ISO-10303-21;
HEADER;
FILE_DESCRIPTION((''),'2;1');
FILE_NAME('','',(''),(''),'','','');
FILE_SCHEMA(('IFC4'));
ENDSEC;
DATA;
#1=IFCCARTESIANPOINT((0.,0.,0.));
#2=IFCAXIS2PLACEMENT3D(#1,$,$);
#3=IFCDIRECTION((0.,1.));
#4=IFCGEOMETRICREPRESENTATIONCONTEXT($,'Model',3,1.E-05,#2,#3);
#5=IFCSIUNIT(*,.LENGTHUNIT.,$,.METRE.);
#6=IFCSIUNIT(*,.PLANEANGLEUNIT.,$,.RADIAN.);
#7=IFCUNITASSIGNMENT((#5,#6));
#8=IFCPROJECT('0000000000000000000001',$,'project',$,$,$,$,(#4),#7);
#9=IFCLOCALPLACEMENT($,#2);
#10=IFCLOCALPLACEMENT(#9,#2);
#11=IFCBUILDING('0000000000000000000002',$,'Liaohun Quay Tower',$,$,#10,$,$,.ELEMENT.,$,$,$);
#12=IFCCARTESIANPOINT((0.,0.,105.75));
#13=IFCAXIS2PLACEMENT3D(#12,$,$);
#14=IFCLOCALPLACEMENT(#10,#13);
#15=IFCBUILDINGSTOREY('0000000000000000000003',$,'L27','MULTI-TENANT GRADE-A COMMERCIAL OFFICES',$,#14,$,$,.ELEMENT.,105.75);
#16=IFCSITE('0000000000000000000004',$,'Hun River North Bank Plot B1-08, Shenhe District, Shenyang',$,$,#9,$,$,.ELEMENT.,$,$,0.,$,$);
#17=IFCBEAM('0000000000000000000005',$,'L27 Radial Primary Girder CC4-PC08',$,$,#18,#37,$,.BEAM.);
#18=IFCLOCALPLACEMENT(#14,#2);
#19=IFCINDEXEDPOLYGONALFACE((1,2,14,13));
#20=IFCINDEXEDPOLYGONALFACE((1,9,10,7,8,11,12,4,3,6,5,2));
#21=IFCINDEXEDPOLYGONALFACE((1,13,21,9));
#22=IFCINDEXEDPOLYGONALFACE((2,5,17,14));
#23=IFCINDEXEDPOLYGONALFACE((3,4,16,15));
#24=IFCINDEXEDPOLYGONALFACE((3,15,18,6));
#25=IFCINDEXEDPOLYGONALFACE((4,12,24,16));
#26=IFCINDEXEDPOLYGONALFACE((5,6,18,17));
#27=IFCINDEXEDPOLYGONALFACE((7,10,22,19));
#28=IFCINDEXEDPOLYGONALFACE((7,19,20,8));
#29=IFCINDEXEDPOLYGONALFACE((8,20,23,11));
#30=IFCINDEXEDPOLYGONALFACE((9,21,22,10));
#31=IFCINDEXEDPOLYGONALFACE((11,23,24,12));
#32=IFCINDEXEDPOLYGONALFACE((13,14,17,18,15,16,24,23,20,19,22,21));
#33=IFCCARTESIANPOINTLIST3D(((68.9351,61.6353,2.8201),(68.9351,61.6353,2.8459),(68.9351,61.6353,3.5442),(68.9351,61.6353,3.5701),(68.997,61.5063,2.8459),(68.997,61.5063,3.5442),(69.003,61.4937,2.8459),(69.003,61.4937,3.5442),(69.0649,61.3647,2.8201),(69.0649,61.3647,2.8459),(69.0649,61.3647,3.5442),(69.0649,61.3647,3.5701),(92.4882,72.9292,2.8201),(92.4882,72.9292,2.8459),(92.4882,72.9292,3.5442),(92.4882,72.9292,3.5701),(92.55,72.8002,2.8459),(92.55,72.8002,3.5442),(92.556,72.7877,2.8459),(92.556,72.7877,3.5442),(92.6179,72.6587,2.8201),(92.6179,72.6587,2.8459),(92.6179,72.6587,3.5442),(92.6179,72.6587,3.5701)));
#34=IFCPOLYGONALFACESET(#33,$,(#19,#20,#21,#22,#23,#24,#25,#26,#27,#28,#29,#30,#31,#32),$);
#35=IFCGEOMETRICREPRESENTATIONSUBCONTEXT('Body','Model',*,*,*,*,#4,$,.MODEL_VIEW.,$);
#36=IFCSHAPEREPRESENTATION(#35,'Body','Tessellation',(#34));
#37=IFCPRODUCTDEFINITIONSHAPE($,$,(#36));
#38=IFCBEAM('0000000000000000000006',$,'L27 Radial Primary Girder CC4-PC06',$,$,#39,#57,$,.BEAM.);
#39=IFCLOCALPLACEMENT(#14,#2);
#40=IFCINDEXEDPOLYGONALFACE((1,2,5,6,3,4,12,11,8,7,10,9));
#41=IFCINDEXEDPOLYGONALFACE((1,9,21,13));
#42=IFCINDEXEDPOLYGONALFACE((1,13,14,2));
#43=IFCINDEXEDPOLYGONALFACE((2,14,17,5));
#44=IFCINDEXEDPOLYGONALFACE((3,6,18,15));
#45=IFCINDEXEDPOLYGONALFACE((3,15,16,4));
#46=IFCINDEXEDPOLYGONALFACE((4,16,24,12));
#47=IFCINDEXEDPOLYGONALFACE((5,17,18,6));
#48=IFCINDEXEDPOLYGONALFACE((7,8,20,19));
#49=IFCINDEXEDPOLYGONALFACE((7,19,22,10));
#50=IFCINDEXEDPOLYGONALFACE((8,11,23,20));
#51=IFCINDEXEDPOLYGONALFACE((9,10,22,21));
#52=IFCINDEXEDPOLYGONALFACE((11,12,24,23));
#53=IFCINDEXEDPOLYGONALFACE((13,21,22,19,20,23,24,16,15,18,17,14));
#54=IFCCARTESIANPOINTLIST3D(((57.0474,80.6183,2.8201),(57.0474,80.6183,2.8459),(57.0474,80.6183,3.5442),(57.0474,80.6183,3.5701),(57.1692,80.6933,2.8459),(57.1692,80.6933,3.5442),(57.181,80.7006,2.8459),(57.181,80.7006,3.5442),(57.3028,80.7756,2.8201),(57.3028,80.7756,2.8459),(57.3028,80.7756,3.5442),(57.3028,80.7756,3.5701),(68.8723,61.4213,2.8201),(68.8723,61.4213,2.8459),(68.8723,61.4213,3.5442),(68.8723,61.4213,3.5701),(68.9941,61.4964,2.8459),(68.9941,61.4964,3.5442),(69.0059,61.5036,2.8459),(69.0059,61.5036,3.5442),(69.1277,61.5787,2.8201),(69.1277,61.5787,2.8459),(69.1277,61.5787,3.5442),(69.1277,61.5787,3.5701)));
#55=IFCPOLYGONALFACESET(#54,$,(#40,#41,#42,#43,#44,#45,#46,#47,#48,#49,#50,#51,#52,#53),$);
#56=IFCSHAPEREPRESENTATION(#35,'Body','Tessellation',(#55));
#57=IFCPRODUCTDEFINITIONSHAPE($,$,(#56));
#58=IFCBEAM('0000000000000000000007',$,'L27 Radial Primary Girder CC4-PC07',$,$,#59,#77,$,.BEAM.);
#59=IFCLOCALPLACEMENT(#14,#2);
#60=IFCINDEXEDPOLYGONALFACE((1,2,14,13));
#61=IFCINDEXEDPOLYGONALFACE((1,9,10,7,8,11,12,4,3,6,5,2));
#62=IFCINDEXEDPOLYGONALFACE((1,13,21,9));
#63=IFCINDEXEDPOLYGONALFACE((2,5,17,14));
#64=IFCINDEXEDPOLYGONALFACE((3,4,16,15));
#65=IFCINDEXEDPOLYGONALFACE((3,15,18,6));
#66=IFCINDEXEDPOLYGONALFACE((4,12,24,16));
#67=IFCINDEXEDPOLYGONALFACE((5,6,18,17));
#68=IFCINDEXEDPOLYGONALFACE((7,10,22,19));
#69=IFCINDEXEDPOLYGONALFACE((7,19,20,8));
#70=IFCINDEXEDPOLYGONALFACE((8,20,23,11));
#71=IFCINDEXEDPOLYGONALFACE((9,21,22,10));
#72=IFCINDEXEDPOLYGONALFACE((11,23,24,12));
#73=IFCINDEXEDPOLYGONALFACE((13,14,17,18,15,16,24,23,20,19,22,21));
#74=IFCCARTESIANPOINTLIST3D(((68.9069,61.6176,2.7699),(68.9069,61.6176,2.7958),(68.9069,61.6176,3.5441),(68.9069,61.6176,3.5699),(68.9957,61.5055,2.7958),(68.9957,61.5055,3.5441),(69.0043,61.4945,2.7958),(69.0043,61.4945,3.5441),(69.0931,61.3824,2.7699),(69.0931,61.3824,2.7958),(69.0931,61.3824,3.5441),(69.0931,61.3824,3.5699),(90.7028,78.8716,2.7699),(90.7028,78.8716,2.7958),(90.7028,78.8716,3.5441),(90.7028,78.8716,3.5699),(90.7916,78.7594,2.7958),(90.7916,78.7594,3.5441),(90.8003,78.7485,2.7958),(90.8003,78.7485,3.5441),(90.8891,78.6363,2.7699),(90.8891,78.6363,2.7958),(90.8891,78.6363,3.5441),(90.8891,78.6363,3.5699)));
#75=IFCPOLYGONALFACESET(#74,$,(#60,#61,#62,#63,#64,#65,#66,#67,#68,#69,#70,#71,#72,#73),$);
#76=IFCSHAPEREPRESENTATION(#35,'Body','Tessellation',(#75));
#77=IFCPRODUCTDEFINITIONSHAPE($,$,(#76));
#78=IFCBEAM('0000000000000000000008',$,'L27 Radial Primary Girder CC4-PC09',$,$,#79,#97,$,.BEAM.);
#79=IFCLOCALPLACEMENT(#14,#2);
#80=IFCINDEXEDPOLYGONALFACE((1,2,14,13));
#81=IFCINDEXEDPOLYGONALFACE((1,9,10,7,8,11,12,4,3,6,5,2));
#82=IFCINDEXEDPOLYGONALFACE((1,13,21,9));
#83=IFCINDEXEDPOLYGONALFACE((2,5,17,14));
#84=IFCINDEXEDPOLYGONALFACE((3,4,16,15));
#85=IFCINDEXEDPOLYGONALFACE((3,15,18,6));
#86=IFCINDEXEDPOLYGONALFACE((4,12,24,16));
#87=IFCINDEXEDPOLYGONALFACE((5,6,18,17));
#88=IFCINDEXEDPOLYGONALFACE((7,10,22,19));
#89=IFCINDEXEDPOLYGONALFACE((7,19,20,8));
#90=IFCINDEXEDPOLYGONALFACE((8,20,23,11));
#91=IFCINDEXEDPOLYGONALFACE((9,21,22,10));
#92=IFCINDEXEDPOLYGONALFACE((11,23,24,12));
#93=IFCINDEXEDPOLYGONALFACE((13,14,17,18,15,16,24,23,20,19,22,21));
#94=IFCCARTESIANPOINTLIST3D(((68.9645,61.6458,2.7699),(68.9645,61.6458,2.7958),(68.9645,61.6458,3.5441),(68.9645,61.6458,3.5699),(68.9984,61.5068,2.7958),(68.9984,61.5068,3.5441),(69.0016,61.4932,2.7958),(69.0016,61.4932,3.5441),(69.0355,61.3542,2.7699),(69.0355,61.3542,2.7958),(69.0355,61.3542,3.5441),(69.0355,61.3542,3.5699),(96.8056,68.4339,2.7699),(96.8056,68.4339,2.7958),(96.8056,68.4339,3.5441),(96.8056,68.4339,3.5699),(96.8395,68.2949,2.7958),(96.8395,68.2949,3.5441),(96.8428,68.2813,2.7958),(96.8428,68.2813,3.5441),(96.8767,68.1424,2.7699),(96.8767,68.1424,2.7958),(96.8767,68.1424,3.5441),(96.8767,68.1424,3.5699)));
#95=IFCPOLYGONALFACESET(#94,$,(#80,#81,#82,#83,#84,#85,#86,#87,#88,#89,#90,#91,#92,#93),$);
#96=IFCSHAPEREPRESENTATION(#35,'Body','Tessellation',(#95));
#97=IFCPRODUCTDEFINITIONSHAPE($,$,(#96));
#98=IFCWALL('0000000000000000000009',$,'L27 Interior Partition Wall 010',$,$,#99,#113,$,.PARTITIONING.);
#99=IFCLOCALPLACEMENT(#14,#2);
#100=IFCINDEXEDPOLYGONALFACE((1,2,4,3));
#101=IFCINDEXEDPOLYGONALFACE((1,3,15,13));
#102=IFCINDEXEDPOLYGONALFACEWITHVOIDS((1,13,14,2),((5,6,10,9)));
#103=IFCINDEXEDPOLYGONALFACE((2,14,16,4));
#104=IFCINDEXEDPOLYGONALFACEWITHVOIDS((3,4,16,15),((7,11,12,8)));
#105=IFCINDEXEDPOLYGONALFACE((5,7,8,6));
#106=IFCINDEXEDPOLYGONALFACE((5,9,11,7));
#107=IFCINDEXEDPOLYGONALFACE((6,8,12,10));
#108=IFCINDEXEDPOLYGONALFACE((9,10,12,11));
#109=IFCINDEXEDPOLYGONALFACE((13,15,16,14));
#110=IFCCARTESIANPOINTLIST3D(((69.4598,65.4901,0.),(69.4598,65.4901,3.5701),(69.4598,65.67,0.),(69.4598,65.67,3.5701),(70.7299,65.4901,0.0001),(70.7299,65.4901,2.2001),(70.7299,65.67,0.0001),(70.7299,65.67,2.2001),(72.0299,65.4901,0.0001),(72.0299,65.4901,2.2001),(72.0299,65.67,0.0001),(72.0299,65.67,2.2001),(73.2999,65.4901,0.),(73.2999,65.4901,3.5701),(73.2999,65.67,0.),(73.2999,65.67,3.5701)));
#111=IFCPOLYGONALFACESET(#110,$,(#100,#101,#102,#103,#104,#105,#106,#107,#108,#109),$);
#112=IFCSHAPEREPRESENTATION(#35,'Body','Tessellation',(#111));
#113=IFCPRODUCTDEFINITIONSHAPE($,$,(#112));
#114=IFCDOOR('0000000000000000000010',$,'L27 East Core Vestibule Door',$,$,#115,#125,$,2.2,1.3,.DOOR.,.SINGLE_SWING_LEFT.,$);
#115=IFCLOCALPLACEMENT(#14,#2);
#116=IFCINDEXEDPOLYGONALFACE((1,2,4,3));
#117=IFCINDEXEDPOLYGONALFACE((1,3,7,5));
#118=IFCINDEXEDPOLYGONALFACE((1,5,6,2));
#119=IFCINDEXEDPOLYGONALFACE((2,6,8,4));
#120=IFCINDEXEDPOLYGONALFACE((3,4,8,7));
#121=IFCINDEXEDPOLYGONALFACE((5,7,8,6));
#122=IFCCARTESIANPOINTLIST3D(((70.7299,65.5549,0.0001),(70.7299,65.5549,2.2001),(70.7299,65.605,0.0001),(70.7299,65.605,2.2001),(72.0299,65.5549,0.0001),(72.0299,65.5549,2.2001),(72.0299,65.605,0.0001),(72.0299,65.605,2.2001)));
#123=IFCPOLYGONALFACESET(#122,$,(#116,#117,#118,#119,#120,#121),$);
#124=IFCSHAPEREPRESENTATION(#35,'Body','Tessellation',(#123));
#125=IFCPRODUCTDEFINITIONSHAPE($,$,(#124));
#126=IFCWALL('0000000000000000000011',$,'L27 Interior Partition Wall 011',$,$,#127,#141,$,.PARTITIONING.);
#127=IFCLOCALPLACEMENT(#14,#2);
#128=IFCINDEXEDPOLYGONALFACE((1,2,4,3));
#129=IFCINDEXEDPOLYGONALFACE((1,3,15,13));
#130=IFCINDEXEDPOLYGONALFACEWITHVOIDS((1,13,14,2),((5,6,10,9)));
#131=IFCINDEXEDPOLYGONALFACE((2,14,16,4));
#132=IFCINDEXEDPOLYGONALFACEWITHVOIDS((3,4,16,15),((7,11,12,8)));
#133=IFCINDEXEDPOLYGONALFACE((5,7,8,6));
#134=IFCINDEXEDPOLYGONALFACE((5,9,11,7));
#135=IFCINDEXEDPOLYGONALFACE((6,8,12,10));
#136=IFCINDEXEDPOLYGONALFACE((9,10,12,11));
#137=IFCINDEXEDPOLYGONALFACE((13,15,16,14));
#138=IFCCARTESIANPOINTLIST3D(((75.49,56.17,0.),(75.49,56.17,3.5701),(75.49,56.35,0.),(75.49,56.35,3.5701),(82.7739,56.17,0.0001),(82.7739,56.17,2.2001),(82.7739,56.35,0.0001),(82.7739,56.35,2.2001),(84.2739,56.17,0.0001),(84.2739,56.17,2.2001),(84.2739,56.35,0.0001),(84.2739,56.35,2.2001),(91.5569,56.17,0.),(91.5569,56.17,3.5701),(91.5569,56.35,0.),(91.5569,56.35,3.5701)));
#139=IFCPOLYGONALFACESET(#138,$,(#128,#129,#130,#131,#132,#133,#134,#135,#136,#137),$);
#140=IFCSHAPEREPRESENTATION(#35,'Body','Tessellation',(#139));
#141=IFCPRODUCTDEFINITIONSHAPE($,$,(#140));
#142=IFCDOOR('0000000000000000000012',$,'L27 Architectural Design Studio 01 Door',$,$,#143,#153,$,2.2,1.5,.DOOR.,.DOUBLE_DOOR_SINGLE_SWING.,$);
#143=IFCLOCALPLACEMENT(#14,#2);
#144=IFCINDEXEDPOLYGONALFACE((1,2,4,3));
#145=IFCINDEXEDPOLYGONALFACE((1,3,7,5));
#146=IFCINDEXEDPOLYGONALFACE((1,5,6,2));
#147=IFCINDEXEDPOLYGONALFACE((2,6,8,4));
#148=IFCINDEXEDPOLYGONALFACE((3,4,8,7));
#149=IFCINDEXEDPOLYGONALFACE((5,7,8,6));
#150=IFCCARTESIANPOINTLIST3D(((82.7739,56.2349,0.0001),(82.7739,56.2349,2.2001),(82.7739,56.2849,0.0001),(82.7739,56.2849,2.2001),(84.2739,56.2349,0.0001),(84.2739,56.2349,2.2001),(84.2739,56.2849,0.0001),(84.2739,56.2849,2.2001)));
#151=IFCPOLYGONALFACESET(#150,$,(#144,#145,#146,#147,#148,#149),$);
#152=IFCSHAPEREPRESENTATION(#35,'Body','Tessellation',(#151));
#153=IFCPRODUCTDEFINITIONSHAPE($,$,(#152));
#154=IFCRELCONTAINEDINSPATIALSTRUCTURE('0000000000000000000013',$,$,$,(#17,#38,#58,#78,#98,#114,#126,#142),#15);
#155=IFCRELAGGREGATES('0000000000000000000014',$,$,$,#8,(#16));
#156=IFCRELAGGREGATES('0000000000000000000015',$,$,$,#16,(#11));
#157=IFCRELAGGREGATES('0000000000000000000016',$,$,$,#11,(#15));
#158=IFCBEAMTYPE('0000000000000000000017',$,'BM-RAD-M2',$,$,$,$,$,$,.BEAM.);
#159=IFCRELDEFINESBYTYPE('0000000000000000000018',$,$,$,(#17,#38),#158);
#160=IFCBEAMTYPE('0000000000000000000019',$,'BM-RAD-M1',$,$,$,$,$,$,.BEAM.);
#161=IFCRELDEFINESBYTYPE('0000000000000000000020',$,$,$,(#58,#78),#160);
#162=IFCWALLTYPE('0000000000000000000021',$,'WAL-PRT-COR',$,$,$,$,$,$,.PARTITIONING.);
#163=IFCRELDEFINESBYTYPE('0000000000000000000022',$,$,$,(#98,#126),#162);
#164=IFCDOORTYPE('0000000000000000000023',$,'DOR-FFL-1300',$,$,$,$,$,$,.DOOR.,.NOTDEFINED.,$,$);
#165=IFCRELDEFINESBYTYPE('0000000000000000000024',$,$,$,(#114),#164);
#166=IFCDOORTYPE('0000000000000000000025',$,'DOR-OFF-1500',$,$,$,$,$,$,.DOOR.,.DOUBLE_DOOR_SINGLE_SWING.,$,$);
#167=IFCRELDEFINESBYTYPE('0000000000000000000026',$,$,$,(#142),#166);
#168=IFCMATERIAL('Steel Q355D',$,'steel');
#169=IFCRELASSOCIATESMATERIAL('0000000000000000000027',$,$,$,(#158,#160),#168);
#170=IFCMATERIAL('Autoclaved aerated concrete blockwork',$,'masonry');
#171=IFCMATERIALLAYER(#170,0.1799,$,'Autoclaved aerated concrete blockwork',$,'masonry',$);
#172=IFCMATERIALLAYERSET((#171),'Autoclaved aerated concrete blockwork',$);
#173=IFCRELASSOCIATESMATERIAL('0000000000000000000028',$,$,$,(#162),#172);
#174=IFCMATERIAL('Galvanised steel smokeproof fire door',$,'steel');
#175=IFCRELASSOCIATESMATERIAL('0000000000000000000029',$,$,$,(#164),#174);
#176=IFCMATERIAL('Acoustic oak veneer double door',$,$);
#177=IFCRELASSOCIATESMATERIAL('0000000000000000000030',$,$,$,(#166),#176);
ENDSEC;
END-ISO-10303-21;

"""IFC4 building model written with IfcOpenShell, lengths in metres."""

from ifc_helpers import new_model, si_unit, direction, frame, frame_2d, origin, origin_2d, place, context, subcontext, project, spatial, rectangle, i_section, extrude, source, transform, mapped, material, layer, layer_set, material_profile, profile_set, type_object, element, fill, save


model = new_model("IFC4")

# Units and contexts
model_context = context("Model", 3, precision=1e-05, world=origin(), true_north=direction((0.0, 1.0)))
body_context = subcontext(model_context, "Body", "Model", "MODEL_VIEW")
ifc_project = project(units=[si_unit("LENGTHUNIT", "METRE"), si_unit("PLANEANGLEUNIT", "RADIAN")], contexts=[model_context])

# Site, building, storey
site_placement = place(None, origin())
site = spatial("IfcSite", under=ifc_project, at=site_placement, Name="Hun River North Bank Plot B1-08, Shenhe District, Shenyang", CompositionType="ELEMENT", RefElevation=0.0)
building_placement = place(site_placement, origin())
building = spatial("IfcBuilding", under=site, at=building_placement, Name="Liaohun Quay Tower", CompositionType="ELEMENT")
storey_placement = place(building_placement, frame((0.0, 0.0, 105.75)))
storey = spatial("IfcBuildingStorey", under=building, at=storey_placement, Name="L27", Description="MULTI-TENANT GRADE-A COMMERCIAL OFFICES", CompositionType="ELEMENT", Elevation=105.75)

# Beams
ifc_material_1 = material(Name="Steel Q355D", Category="steel")
ifc_material_profile_1 = material_profile(ifc_material_1, i_section(OverallWidth=0.3, OverallDepth=0.75, WebThickness=0.0139, FlangeThickness=0.0259, at=origin_2d()), Name="HN750x300x14x26")
ifc_profile_set_1 = profile_set([ifc_material_profile_1], Name="Steel Q355D")
beam_type_1 = type_object("IfcBeamType", Name="BM-RAD-M2", PredefinedType="BEAM", material=ifc_profile_set_1)
shared_shape_1 = source(origin(), body_context, "Body", "SweptSolid", [
    extrude(i_section(OverallWidth=0.3, OverallDepth=0.75, WebThickness=0.0139, FlangeThickness=0.0259, at=origin_2d()), origin(), (0.0, 0.0, 1.0), 26.1208),
])
beam_1_placement = place(storey_placement, frame((69.0, 61.5, 3.1951), z_axis=(0.901695, 0.432374, 0.0), x_axis=(-0.432374, 0.901695, 0.0)))
element("IfcBeam", 1, at=beam_1_placement, inside=storey, type_object=beam_type_1, Name="L27 Radial Primary Girder CC4-PC08", PredefinedType="BEAM", context=body_context, shape_type="MappedRepresentation", body=[
    mapped(shared_shape_1, transform((0.0, 0.0, 0.0), x_axis=(1.0, 0.0, 0.0), y_axis=(0.0, 1.0, 0.0), z_axis=(0.0, 0.0, 1.0), scale=1.0)),
])
shared_shape_2 = source(origin(), body_context, "Body", "SweptSolid", [
    extrude(i_section(OverallWidth=0.3, OverallDepth=0.75, WebThickness=0.0139, FlangeThickness=0.0259, at=origin_2d()), origin(), (0.0, 0.0, 1.0), 22.5466),
])
beam_2_placement = place(storey_placement, frame((69.0, 61.5, 3.1951), z_axis=(-0.524464, 0.851433, 0.0), x_axis=(-0.851433, -0.524464, 0.0)))
element("IfcBeam", 2, at=beam_2_placement, inside=storey, type_object=beam_type_1, Name="L27 Radial Primary Girder CC4-PC06", PredefinedType="BEAM", context=body_context, shape_type="MappedRepresentation", body=[
    mapped(shared_shape_2, transform((0.0, 0.0, 0.0), x_axis=(1.0, 0.0, 0.0), y_axis=(0.0, 1.0, 0.0), z_axis=(0.0, 0.0, 1.0), scale=1.0)),
])
ifc_material_profile_2 = material_profile(ifc_material_1, i_section(OverallWidth=0.3, OverallDepth=0.8, WebThickness=0.0139, FlangeThickness=0.0259, at=origin_2d()), Name="HN800x300x14x26")
ifc_profile_set_2 = profile_set([ifc_material_profile_2], Name="Steel Q355D")
beam_type_2 = type_object("IfcBeamType", Name="BM-RAD-M1", PredefinedType="BEAM", material=ifc_profile_set_2)
shared_shape_3 = source(origin(), body_context, "Body", "SweptSolid", [
    extrude(i_section(OverallWidth=0.3, OverallDepth=0.8, WebThickness=0.0139, FlangeThickness=0.0259, at=origin_2d()), origin(), (0.0, 0.0, 1.0), 27.7986),
])
beam_3_placement = place(storey_placement, frame((69.0, 61.5, 3.1699), z_axis=(0.784066, 0.620677, 0.0), x_axis=(-0.620677, 0.784066, 0.0)))
element("IfcBeam", 3, at=beam_3_placement, inside=storey, type_object=beam_type_2, Name="L27 Radial Primary Girder CC4-PC07", PredefinedType="BEAM", context=body_context, shape_type="MappedRepresentation", body=[
    mapped(shared_shape_3, transform((0.0, 0.0, 0.0), x_axis=(1.0, 0.0, 0.0), y_axis=(0.0, 1.0, 0.0), z_axis=(0.0, 0.0, 1.0), scale=1.0)),
])
shared_shape_4 = source(origin(), body_context, "Body", "SweptSolid", [
    extrude(i_section(OverallWidth=0.3, OverallDepth=0.8, WebThickness=0.0139, FlangeThickness=0.0259, at=origin_2d()), origin(), (0.0, 0.0, 1.0), 28.6567),
])
beam_4_placement = place(storey_placement, frame((69.0, 61.5, 3.1699), z_axis=(0.97154, 0.236877, 0.0), x_axis=(-0.236877, 0.97154, 0.0)))
element("IfcBeam", 4, at=beam_4_placement, inside=storey, type_object=beam_type_2, Name="L27 Radial Primary Girder CC4-PC09", PredefinedType="BEAM", context=body_context, shape_type="MappedRepresentation", body=[
    mapped(shared_shape_4, transform((0.0, 0.0, 0.0), x_axis=(1.0, 0.0, 0.0), y_axis=(0.0, 1.0, 0.0), z_axis=(0.0, 0.0, 1.0), scale=1.0)),
])

# Walls, openings, doors
ifc_material_2 = material(Name="Autoclaved aerated concrete blockwork", Category="masonry")
ifc_layer_1 = layer(ifc_material_2, 0.1799, Name="Autoclaved aerated concrete blockwork", Category="masonry")
ifc_layer_set_1 = layer_set([ifc_layer_1], Name="Autoclaved aerated concrete blockwork")
wall_type_1 = type_object("IfcWallType", Name="WAL-PRT-COR", PredefinedType="PARTITIONING", material=ifc_layer_set_1)
wall_1_placement = place(storey_placement, frame((69.46, 65.5801, 0.0), z_axis=(0.0, 0.0, 1.0), x_axis=(1.0, 0.0, 0.0)))
wall_1 = element("IfcWall", 5, at=wall_1_placement, inside=storey, type_object=wall_type_1, Name="L27 Interior Partition Wall 010", PredefinedType="PARTITIONING", context=body_context, shape_type="SweptSolid", body=[
    extrude(rectangle(XDim=3.8401, YDim=0.1799, at=frame_2d((1.9199, 0.0))), origin(), (0.0, 0.0, 1.0), 3.5701),
])
shared_shape_5 = source(origin(), body_context, "Body", "SweptSolid", [
    extrude(rectangle(XDim=1.3, YDim=2.2, at=frame_2d((0.6499, 1.1001))), frame((0.0, 0.0999, 0.0), z_axis=(0.0, -1.0, 0.0), x_axis=(1.0, 0.0, 0.0)), (0.0, 0.0, 1.0), 0.2),
])
opening_1_placement = place(wall_1_placement, frame((1.27, 0.0, 0.0)))
opening_1 = element("IfcOpeningElement", 6, at=opening_1_placement, cuts=wall_1, PredefinedType="OPENING", context=body_context, shape_type="MappedRepresentation", body=[
    mapped(shared_shape_5, transform((0.0, 0.0, 0.0), x_axis=(1.0, 0.0, 0.0), y_axis=(0.0, 1.0, 0.0), z_axis=(0.0, 0.0, 1.0), scale=1.0)),
])
ifc_material_3 = material(Name="Galvanised steel smokeproof fire door", Category="steel")
door_type_1 = type_object("IfcDoorType", Name="DOR-FFL-1300", OperationType="NOTDEFINED", PredefinedType="DOOR", material=ifc_material_3)
shared_shape_6 = source(origin(), body_context, "Body", "SweptSolid", [
    extrude(rectangle(XDim=1.3, YDim=2.2, at=frame_2d((0.6499, 1.1001))), frame((0.0, 0.0249, 0.0), z_axis=(0.0, -1.0, 0.0), x_axis=(1.0, 0.0, 0.0)), (0.0, 0.0, 1.0), 0.05),
])
door_1_placement = place(opening_1_placement, origin())
door_1 = element("IfcDoor", 7, at=door_1_placement, inside=storey, type_object=door_type_1, Name="L27 East Core Vestibule Door", OperationType="SINGLE_SWING_LEFT", OverallHeight=2.2, OverallWidth=1.3, PredefinedType="DOOR", context=body_context, shape_type="MappedRepresentation", body=[
    mapped(shared_shape_6, transform((0.0, 0.0, 0.0), x_axis=(1.0, 0.0, 0.0), y_axis=(0.0, 1.0, 0.0), z_axis=(0.0, 0.0, 1.0), scale=1.0)),
])
fill(opening_1, door_1)
wall_2_placement = place(storey_placement, frame((75.49, 56.26, 0.0), z_axis=(0.0, 0.0, 1.0), x_axis=(1.0, 0.0, 0.0)))
wall_2 = element("IfcWall", 8, at=wall_2_placement, inside=storey, type_object=wall_type_1, Name="L27 Interior Partition Wall 011", PredefinedType="PARTITIONING", context=body_context, shape_type="SweptSolid", body=[
    extrude(rectangle(XDim=16.0669, YDim=0.1799, at=frame_2d((8.0334, 0.0))), origin(), (0.0, 0.0, 1.0), 3.5701),
])
shared_shape_7 = source(origin(), body_context, "Body", "SweptSolid", [
    extrude(rectangle(XDim=1.5, YDim=2.2, at=frame_2d((0.75, 1.1001))), frame((0.0, 0.0999, 0.0), z_axis=(0.0, -1.0, 0.0), x_axis=(1.0, 0.0, 0.0)), (0.0, 0.0, 1.0), 0.2),
])
opening_2_placement = place(wall_2_placement, frame((7.2839, 0.0, 0.0)))
opening_2 = element("IfcOpeningElement", 9, at=opening_2_placement, cuts=wall_2, PredefinedType="OPENING", context=body_context, shape_type="MappedRepresentation", body=[
    mapped(shared_shape_7, transform((0.0, 0.0, 0.0), x_axis=(1.0, 0.0, 0.0), y_axis=(0.0, 1.0, 0.0), z_axis=(0.0, 0.0, 1.0), scale=1.0)),
])
ifc_material_4 = material(Name="Acoustic oak veneer double door")
door_type_2 = type_object("IfcDoorType", Name="DOR-OFF-1500", OperationType="DOUBLE_DOOR_SINGLE_SWING", PredefinedType="DOOR", material=ifc_material_4)
shared_shape_8 = source(origin(), body_context, "Body", "SweptSolid", [
    extrude(rectangle(XDim=1.5, YDim=2.2, at=frame_2d((0.75, 1.1001))), frame((0.0, 0.0249, 0.0), z_axis=(0.0, -1.0, 0.0), x_axis=(1.0, 0.0, 0.0)), (0.0, 0.0, 1.0), 0.05),
])
door_2_placement = place(opening_2_placement, origin())
door_2 = element("IfcDoor", 10, at=door_2_placement, inside=storey, type_object=door_type_2, Name="L27 Architectural Design Studio 01 Door", OperationType="DOUBLE_DOOR_SINGLE_SWING", OverallHeight=2.2, OverallWidth=1.5, PredefinedType="DOOR", context=body_context, shape_type="MappedRepresentation", body=[
    mapped(shared_shape_8, transform((0.0, 0.0, 0.0), x_axis=(1.0, 0.0, 0.0), y_axis=(0.0, 1.0, 0.0), z_axis=(0.0, 0.0, 1.0), scale=1.0)),
])
fill(opening_2, door_2)

save(model, "model.ifc")
